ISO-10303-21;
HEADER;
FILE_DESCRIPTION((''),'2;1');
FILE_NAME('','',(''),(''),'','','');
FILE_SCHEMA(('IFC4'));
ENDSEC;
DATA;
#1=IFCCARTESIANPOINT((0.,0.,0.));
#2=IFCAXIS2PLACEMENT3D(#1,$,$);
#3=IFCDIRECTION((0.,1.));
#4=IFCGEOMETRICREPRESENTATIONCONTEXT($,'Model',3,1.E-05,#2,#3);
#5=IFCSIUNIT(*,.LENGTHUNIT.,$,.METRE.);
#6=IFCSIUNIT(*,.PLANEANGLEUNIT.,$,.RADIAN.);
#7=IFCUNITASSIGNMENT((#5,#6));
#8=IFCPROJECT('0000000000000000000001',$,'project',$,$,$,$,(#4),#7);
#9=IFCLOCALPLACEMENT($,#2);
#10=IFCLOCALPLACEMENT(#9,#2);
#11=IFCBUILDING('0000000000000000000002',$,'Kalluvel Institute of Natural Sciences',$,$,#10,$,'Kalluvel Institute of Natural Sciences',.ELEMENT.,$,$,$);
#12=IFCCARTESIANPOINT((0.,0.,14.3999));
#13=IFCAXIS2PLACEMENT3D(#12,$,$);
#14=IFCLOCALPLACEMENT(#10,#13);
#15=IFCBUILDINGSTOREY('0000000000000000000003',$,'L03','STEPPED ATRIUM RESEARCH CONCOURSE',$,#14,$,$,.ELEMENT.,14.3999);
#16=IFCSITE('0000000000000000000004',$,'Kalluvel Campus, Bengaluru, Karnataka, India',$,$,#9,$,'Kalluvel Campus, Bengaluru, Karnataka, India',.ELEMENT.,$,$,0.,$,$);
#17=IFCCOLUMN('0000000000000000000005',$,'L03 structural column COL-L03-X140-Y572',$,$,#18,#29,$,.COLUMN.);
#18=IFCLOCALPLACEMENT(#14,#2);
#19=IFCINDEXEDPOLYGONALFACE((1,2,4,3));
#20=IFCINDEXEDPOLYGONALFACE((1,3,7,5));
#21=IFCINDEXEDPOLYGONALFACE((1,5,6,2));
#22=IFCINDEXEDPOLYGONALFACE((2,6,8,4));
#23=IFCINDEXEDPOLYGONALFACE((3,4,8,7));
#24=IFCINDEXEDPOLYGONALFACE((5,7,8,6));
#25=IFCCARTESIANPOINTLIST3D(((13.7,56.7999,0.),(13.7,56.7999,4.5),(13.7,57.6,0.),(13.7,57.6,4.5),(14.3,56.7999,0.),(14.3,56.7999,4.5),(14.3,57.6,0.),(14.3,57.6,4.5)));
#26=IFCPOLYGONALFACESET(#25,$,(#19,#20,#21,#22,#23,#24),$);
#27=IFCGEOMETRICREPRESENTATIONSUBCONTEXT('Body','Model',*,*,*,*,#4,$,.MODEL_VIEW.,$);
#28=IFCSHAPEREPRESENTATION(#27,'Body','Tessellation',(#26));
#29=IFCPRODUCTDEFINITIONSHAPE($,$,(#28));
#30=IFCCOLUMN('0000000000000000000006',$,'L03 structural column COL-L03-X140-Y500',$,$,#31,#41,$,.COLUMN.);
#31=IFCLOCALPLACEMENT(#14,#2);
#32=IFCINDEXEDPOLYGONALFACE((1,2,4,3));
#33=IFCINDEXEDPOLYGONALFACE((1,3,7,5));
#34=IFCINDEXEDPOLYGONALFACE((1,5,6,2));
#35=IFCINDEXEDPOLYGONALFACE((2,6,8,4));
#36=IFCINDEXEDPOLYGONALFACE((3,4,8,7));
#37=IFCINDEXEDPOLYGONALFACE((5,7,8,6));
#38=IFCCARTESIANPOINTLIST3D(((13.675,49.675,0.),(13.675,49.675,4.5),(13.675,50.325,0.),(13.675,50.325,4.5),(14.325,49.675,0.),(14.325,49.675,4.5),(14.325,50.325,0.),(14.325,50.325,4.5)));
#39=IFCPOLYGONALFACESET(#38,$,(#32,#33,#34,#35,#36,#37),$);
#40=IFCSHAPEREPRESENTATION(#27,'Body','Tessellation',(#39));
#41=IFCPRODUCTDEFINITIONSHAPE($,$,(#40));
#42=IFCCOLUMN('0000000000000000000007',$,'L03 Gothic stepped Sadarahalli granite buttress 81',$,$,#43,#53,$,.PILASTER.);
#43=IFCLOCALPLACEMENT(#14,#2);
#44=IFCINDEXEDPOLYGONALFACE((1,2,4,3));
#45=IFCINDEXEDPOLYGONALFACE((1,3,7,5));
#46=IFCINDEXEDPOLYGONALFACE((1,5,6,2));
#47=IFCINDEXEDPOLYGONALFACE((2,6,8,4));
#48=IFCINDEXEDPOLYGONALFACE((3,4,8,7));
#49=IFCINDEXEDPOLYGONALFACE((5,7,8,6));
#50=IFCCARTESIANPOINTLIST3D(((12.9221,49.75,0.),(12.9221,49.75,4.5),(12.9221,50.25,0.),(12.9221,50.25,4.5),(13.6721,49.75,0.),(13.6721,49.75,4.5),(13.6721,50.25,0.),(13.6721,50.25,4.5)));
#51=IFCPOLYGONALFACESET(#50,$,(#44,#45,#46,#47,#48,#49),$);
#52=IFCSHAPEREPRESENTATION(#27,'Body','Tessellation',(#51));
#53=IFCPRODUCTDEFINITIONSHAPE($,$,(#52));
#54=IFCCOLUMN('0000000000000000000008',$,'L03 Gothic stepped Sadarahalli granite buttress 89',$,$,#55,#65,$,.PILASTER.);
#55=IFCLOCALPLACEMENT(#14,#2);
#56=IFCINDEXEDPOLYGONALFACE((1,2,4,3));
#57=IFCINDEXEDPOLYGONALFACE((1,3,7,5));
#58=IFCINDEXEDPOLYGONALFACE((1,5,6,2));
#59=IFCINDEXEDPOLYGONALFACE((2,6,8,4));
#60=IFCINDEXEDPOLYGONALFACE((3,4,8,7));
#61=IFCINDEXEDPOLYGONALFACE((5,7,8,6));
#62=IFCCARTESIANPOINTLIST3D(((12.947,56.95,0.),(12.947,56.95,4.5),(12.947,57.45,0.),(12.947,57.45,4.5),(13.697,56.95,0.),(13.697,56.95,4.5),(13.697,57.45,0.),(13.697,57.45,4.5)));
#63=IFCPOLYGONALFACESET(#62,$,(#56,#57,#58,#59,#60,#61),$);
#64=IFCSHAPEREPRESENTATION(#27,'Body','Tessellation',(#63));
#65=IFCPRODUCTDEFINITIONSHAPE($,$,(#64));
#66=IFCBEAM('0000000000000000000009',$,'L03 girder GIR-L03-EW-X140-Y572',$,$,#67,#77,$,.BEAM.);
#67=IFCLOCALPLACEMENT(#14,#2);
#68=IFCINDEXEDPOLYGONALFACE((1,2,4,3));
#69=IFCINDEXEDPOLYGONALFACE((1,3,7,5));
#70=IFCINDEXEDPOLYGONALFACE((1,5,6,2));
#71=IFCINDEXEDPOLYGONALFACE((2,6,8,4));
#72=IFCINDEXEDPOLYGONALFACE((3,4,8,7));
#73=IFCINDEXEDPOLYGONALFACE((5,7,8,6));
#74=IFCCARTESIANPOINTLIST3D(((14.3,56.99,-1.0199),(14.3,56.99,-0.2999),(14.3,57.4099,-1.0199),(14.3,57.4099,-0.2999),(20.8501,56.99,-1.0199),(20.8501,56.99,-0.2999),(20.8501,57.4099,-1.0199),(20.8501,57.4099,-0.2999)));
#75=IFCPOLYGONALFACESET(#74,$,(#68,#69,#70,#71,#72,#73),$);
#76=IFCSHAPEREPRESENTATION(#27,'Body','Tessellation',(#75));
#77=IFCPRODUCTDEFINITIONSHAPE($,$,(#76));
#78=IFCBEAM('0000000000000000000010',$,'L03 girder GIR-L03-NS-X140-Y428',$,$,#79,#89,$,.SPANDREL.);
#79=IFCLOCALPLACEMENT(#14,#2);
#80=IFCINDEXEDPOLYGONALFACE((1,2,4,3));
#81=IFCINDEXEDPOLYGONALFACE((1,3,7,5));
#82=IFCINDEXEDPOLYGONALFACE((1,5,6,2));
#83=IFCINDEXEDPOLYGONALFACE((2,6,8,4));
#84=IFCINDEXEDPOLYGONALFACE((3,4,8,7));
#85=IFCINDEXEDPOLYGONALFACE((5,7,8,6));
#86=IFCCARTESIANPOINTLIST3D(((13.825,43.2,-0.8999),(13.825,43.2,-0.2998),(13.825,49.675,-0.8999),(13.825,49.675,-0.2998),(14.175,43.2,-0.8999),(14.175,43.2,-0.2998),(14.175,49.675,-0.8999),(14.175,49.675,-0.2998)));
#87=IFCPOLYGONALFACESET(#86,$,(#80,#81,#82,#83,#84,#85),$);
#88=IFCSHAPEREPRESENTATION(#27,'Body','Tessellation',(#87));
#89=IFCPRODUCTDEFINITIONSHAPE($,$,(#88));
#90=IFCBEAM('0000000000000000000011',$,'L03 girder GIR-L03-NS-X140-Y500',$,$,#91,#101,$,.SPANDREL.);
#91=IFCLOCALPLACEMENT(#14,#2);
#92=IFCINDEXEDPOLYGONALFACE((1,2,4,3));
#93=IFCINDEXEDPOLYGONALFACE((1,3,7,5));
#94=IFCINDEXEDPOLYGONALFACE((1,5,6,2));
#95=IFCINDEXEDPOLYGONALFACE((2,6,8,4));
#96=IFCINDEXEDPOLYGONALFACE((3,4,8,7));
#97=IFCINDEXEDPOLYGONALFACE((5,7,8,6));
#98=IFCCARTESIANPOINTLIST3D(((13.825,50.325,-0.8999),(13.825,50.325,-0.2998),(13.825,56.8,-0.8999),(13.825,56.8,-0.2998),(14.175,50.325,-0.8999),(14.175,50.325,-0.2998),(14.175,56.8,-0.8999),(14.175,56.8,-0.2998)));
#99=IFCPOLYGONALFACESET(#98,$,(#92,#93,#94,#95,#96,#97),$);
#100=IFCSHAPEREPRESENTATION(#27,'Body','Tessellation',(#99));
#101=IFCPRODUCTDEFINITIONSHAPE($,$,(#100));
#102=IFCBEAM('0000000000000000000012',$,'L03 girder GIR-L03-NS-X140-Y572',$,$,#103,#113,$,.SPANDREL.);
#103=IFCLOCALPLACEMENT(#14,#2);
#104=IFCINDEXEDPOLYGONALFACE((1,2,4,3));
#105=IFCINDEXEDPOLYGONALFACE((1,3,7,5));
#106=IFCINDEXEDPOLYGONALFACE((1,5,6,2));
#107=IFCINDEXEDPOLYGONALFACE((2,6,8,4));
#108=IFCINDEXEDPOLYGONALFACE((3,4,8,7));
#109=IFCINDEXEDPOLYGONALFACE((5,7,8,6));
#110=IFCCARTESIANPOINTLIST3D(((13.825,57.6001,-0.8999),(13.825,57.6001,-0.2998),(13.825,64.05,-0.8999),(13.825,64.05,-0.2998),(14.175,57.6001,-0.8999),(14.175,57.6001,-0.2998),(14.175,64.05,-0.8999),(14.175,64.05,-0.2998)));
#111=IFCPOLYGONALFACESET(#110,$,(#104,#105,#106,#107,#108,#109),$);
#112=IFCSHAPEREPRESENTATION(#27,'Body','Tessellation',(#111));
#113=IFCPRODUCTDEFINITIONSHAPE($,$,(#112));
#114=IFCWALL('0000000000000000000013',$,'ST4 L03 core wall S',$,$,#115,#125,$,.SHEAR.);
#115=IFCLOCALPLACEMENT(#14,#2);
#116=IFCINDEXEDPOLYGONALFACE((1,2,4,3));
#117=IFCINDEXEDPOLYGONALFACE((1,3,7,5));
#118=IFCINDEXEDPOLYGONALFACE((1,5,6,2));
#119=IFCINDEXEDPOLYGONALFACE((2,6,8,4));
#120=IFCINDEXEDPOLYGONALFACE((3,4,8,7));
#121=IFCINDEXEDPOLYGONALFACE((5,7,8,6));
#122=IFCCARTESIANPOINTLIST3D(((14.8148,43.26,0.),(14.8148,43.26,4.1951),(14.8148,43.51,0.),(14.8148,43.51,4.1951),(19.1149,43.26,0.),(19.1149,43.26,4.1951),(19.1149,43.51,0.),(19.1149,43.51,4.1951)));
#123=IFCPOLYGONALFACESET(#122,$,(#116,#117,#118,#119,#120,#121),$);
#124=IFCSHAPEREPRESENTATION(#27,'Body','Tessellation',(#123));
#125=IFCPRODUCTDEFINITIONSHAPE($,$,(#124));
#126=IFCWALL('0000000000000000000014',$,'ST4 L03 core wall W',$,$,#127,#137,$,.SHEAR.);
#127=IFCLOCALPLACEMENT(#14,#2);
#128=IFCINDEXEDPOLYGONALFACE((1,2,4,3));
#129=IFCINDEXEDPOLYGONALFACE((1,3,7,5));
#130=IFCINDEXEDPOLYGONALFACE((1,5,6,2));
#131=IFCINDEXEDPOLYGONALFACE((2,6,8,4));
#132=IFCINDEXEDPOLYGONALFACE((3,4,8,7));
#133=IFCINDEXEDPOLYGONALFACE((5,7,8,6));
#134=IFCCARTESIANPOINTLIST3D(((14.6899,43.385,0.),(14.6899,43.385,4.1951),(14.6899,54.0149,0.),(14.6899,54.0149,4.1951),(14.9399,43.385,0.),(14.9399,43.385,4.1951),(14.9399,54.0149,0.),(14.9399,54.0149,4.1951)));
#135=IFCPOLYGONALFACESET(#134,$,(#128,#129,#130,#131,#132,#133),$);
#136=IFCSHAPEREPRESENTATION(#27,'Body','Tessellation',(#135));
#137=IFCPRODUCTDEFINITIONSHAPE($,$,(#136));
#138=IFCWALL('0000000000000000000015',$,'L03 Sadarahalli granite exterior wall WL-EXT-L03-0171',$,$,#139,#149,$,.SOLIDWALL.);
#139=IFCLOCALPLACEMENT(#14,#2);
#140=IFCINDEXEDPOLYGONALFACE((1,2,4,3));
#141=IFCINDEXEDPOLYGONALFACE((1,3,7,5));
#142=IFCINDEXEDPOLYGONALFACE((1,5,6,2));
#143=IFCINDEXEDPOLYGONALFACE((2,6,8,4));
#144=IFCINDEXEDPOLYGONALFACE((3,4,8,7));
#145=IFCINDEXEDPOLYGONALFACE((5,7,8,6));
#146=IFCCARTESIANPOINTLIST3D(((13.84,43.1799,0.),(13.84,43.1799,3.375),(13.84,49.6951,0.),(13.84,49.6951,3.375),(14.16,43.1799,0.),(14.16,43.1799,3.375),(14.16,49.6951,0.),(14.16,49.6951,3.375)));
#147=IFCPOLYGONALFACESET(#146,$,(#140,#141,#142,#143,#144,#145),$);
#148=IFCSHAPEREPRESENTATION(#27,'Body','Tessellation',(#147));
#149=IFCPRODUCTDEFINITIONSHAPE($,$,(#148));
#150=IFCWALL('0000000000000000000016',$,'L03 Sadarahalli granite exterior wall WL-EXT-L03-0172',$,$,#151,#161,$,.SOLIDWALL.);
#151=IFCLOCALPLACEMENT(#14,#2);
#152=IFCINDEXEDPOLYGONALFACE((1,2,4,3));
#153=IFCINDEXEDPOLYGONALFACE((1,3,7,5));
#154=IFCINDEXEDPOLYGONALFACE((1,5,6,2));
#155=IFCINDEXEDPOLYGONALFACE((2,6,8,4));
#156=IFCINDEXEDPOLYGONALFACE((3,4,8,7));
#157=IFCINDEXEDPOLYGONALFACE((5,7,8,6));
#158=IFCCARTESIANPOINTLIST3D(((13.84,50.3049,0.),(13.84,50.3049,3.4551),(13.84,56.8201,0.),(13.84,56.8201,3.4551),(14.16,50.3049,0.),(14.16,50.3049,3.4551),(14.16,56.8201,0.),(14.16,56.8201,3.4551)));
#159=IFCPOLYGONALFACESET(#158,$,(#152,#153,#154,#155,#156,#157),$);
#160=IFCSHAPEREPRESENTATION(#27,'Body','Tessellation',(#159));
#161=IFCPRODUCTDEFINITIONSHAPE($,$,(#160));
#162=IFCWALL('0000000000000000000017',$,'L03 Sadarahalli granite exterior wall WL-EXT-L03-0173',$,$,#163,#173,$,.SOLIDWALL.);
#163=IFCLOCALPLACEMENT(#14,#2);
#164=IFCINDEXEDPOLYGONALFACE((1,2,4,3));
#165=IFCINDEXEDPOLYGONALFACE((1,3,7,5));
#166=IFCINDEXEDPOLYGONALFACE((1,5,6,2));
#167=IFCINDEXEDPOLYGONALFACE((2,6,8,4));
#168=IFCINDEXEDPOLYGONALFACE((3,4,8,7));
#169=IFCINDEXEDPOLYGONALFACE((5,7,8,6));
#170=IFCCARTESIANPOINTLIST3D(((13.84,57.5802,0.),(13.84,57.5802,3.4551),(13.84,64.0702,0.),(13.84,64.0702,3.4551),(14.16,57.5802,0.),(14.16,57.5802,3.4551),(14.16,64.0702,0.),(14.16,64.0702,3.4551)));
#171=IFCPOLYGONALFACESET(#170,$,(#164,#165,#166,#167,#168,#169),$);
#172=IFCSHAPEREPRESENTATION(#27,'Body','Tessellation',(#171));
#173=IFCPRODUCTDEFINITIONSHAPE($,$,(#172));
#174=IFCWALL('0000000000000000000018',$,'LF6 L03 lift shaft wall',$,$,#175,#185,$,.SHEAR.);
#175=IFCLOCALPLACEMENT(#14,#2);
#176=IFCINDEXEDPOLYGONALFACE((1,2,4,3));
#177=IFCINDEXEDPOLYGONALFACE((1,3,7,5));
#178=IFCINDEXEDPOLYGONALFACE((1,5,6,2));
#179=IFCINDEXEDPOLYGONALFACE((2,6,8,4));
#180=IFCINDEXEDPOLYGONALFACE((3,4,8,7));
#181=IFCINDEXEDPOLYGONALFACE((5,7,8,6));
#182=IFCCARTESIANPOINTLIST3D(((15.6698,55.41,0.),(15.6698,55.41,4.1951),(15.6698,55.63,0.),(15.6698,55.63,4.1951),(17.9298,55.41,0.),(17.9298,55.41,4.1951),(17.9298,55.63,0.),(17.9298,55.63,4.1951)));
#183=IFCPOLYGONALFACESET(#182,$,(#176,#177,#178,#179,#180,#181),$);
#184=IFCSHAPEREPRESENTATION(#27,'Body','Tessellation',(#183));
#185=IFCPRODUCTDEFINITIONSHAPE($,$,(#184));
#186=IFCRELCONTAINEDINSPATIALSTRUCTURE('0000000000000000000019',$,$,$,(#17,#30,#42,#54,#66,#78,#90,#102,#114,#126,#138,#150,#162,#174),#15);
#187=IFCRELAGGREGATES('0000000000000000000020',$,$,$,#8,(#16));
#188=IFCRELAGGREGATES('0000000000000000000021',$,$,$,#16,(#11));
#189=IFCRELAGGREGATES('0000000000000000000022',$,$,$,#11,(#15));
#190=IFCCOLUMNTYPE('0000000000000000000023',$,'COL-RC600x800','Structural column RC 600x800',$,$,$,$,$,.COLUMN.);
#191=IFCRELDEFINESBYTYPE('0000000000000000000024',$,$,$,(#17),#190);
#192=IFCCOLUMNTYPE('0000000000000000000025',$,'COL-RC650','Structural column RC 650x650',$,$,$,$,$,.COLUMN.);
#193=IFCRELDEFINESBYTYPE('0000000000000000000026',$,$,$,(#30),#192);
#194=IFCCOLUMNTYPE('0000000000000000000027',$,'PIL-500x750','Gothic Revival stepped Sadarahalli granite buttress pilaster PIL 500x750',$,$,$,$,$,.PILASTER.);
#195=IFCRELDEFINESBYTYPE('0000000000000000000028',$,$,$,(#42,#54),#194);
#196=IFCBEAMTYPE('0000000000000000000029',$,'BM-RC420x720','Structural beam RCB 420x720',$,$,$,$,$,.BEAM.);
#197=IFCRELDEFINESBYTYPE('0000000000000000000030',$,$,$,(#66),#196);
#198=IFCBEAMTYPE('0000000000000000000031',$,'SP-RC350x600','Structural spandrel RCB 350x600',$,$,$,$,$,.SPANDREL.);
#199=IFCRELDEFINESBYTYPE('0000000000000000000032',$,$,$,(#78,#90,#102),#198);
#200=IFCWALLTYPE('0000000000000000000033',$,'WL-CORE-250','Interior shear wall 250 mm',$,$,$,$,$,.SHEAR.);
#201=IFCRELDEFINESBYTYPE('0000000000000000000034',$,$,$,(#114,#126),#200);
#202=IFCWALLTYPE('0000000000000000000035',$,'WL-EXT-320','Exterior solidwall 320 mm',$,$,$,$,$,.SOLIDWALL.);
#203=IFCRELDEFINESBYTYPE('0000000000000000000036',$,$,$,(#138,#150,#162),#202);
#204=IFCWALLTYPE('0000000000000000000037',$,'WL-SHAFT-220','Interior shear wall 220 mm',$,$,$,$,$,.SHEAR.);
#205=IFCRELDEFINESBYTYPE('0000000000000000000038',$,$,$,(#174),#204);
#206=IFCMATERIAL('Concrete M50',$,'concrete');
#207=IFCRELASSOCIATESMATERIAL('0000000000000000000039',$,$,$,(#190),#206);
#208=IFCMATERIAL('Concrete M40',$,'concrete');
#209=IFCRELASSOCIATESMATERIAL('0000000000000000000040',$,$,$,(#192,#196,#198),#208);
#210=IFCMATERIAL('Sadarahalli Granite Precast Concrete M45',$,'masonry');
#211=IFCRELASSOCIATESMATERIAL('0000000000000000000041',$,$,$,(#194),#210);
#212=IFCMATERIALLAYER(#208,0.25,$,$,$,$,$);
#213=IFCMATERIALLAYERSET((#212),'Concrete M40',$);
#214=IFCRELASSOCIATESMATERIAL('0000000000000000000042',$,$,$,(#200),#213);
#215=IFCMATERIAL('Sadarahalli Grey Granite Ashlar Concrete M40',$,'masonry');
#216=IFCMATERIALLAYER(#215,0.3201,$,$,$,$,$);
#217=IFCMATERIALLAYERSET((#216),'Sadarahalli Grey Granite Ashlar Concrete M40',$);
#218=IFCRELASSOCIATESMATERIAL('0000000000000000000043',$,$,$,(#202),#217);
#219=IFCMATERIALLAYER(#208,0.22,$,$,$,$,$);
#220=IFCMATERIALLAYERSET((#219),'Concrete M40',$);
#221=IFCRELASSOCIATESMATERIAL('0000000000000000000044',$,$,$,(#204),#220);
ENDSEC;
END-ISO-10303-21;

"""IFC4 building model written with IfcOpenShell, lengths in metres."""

from ifc_helpers import new_model, si_unit, direction, frame, frame_2d, origin, origin_2d, place, context, subcontext, project, spatial, rectangle, extrude, material, layer, layer_set, material_profile, profile_set, type_object, element, save


model = new_model("IFC4")

# Units and contexts
model_context = context("Model", 3, precision=1e-05, world=origin(), true_north=direction((0.0, 1.0)))
body_context = subcontext(model_context, "Body", "Model", "MODEL_VIEW")
ifc_project = project(units=[si_unit("LENGTHUNIT", "METRE"), si_unit("PLANEANGLEUNIT", "RADIAN")], contexts=[model_context])

# Site, building, storey
site_placement = place(None, origin())
site = spatial("IfcSite", under=ifc_project, at=site_placement, Name="Kalluvel Campus, Bengaluru, Karnataka, India", LongName="Kalluvel Campus, Bengaluru, Karnataka, India", CompositionType="ELEMENT", RefElevation=0.0)
building_placement = place(site_placement, origin())
building = spatial("IfcBuilding", under=site, at=building_placement, Name="Kalluvel Institute of Natural Sciences", LongName="Kalluvel Institute of Natural Sciences", CompositionType="ELEMENT")
storey_placement = place(building_placement, frame((0.0, 0.0, 14.3999)))
storey = spatial("IfcBuildingStorey", under=building, at=storey_placement, Name="L03", Description="STEPPED ATRIUM RESEARCH CONCOURSE", CompositionType="ELEMENT", Elevation=14.3999)

# Columns
ifc_material_1 = material(Name="Concrete M50", Category="concrete")
ifc_material_profile_1 = material_profile(ifc_material_1, rectangle(XDim=0.6001, YDim=0.8, at=origin_2d()), Name="RC 600x800")
ifc_profile_set_1 = profile_set([ifc_material_profile_1], Name="Concrete M50")
column_type_1 = type_object("IfcColumnType", Name="COL-RC600x800", Description="Structural column RC 600x800", PredefinedType="COLUMN", material=ifc_profile_set_1)
column_1_placement = place(storey_placement, frame((14.0, 57.2, 0.0), z_axis=(0.0, 0.0, 1.0), x_axis=(1.0, 0.0, 0.0)))
element("IfcColumn", 1, at=column_1_placement, inside=storey, type_object=column_type_1, Name="L03 structural column COL-L03-X140-Y572", PredefinedType="COLUMN", context=body_context, shape_type="SweptSolid", body=[
    extrude(rectangle(XDim=0.6001, YDim=0.8, at=origin_2d()), origin(), (0.0, 0.0, 1.0), 4.5),
])
ifc_material_2 = material(Name="Concrete M40", Category="concrete")
ifc_material_profile_2 = material_profile(ifc_material_2, rectangle(XDim=0.6499, YDim=0.6499, at=origin_2d()), Name="RC 650x650")
ifc_profile_set_2 = profile_set([ifc_material_profile_2], Name="Concrete M40")
column_type_2 = type_object("IfcColumnType", Name="COL-RC650", Description="Structural column RC 650x650", PredefinedType="COLUMN", material=ifc_profile_set_2)
column_2_placement = place(storey_placement, frame((14.0, 50.0, 0.0), z_axis=(0.0, 0.0, 1.0), x_axis=(1.0, 0.0, 0.0)))
element("IfcColumn", 2, at=column_2_placement, inside=storey, type_object=column_type_2, Name="L03 structural column COL-L03-X140-Y500", PredefinedType="COLUMN", context=body_context, shape_type="SweptSolid", body=[
    extrude(rectangle(XDim=0.6499, YDim=0.6499, at=origin_2d()), origin(), (0.0, 0.0, 1.0), 4.5),
])
ifc_material_3 = material(Name="Sadarahalli Granite Precast Concrete M45", Category="masonry")
ifc_material_profile_3 = material_profile(ifc_material_3, rectangle(XDim=0.5, YDim=0.75, at=origin_2d()), Name="PIL 500x750")
ifc_profile_set_3 = profile_set([ifc_material_profile_3], Name="Sadarahalli Granite Precast Concrete M45")
column_type_3 = type_object("IfcColumnType", Name="PIL-500x750", Description="Gothic Revival stepped Sadarahalli granite buttress pilaster PIL 500x750", PredefinedType="PILASTER", material=ifc_profile_set_3)
for number, where, z_axis, x_axis, name in (
    (3, (13.2971, 50.0, 0.0), (0.0, 0.0, 1.0), (0.0, 1.0, 0.0), "L03 Gothic stepped Sadarahalli granite buttress 81"),
    (4, (13.322, 57.2, 0.0), (0.0, 0.0, 1.0), (0.0, 1.0, 0.0), "L03 Gothic stepped Sadarahalli granite buttress 89"),
):
    element("IfcColumn", number, at=place(storey_placement, frame(where, z_axis=z_axis, x_axis=x_axis)), inside=storey, type_object=column_type_3, Name=name, PredefinedType="PILASTER", context=body_context, shape_type="SweptSolid", body=[
        extrude(rectangle(XDim=0.5, YDim=0.75, at=origin_2d()), origin(), (0.0, 0.0, 1.0), 4.5),
    ])

# Beams
ifc_material_profile_4 = material_profile(ifc_material_2, rectangle(XDim=0.4199, YDim=0.72, at=origin_2d()), Name="RCB 420x720")
ifc_profile_set_4 = profile_set([ifc_material_profile_4], Name="Concrete M40")
beam_type_1 = type_object("IfcBeamType", Name="BM-RC420x720", Description="Structural beam RCB 420x720", PredefinedType="BEAM", material=ifc_profile_set_4)
beam_1_placement = place(storey_placement, frame((14.3, 57.2, -0.6599), z_axis=(1.0, 0.0, 0.0), x_axis=(0.0, 1.0, 0.0)))
element("IfcBeam", 5, at=beam_1_placement, inside=storey, type_object=beam_type_1, Name="L03 girder GIR-L03-EW-X140-Y572", PredefinedType="BEAM", context=body_context, shape_type="SweptSolid", body=[
    extrude(rectangle(XDim=0.4199, YDim=0.72, at=origin_2d()), origin(), (0.0, 0.0, 1.0), 6.55),
])
ifc_material_profile_5 = material_profile(ifc_material_2, rectangle(XDim=0.3501, YDim=0.6001, at=origin_2d()), Name="RCB 350x600")
ifc_profile_set_5 = profile_set([ifc_material_profile_5], Name="Concrete M40")
beam_type_2 = type_object("IfcBeamType", Name="SP-RC350x600", Description="Structural spandrel RCB 350x600", PredefinedType="SPANDREL", material=ifc_profile_set_5)
for number, where, z_axis, x_axis, name in (
    (6, (14.0, 43.2, -0.5999), (0.0, 1.0, 0.0), (-1.0, 0.0, 0.0), "L03 girder GIR-L03-NS-X140-Y428"),
    (7, (14.0, 50.325, -0.5999), (0.0, 1.0, 0.0), (-1.0, 0.0, 0.0), "L03 girder GIR-L03-NS-X140-Y500"),
):
    element("IfcBeam", number, at=place(storey_placement, frame(where, z_axis=z_axis, x_axis=x_axis)), inside=storey, type_object=beam_type_2, Name=name, PredefinedType="SPANDREL", context=body_context, shape_type="SweptSolid", body=[
        extrude(rectangle(XDim=0.3501, YDim=0.6001, at=origin_2d()), origin(), (0.0, 0.0, 1.0), 6.4751),
    ])
beam_2_placement = place(storey_placement, frame((14.0, 57.6001, -0.5999), z_axis=(0.0, 1.0, 0.0), x_axis=(-1.0, 0.0, 0.0)))
element("IfcBeam", 8, at=beam_2_placement, inside=storey, type_object=beam_type_2, Name="L03 girder GIR-L03-NS-X140-Y572", PredefinedType="SPANDREL", context=body_context, shape_type="SweptSolid", body=[
    extrude(rectangle(XDim=0.3501, YDim=0.6001, at=origin_2d()), origin(), (0.0, 0.0, 1.0), 6.45),
])

# Walls
ifc_layer_1 = layer(ifc_material_2, 0.25)
ifc_layer_set_1 = layer_set([ifc_layer_1], Name="Concrete M40")
wall_type_1 = type_object("IfcWallType", Name="WL-CORE-250", Description="Interior shear wall 250 mm", PredefinedType="SHEAR", material=ifc_layer_set_1)
wall_1_placement = place(storey_placement, frame((14.8149, 43.385, 0.0), z_axis=(0.0, 0.0, 1.0), x_axis=(1.0, 0.0, 0.0)))
element("IfcWall", 9, at=wall_1_placement, inside=storey, type_object=wall_type_1, Name="ST4 L03 core wall S", PredefinedType="SHEAR", context=body_context, shape_type="SweptSolid", body=[
    extrude(rectangle(XDim=4.3, YDim=0.25, at=frame_2d((2.1499, 0.0))), origin(), (0.0, 0.0, 1.0), 4.1951),
])
wall_2_placement = place(storey_placement, frame((14.8149, 54.0149, 0.0), z_axis=(0.0, 0.0, 1.0), x_axis=(0.0, -1.0, 0.0)))
element("IfcWall", 10, at=wall_2_placement, inside=storey, type_object=wall_type_1, Name="ST4 L03 core wall W", PredefinedType="SHEAR", context=body_context, shape_type="SweptSolid", body=[
    extrude(rectangle(XDim=10.6299, YDim=0.25, at=frame_2d((5.3149, 0.0))), origin(), (0.0, 0.0, 1.0), 4.1951),
])
ifc_material_4 = material(Name="Sadarahalli Grey Granite Ashlar Concrete M40", Category="masonry")
ifc_layer_2 = layer(ifc_material_4, 0.3201)
ifc_layer_set_2 = layer_set([ifc_layer_2], Name="Sadarahalli Grey Granite Ashlar Concrete M40")
wall_type_2 = type_object("IfcWallType", Name="WL-EXT-320", Description="Exterior solidwall 320 mm", PredefinedType="SOLIDWALL", material=ifc_layer_set_2)
wall_3_placement = place(storey_placement, frame((14.0, 43.1799, 0.0), z_axis=(0.0, 0.0, 1.0), x_axis=(0.0, 1.0, 0.0)))
element("IfcWall", 11, at=wall_3_placement, inside=storey, type_object=wall_type_2, Name="L03 Sadarahalli granite exterior wall WL-EXT-L03-0171", PredefinedType="SOLIDWALL", context=body_context, shape_type="SweptSolid", body=[
    extrude(rectangle(XDim=6.5151, YDim=0.3201, at=frame_2d((3.2576, 0.0))), origin(), (0.0, 0.0, 1.0), 3.375),
])
wall_4_placement = place(storey_placement, frame((14.0, 50.3049, 0.0), z_axis=(0.0, 0.0, 1.0), x_axis=(0.0, 1.0, 0.0)))
element("IfcWall", 12, at=wall_4_placement, inside=storey, type_object=wall_type_2, Name="L03 Sadarahalli granite exterior wall WL-EXT-L03-0172", PredefinedType="SOLIDWALL", context=body_context, shape_type="SweptSolid", body=[
    extrude(rectangle(XDim=6.5151, YDim=0.3201, at=frame_2d((3.2576, 0.0))), origin(), (0.0, 0.0, 1.0), 3.4551),
])
wall_5_placement = place(storey_placement, frame((14.0, 57.5801, 0.0), z_axis=(0.0, 0.0, 1.0), x_axis=(0.0, 1.0, 0.0)))
element("IfcWall", 13, at=wall_5_placement, inside=storey, type_object=wall_type_2, Name="L03 Sadarahalli granite exterior wall WL-EXT-L03-0173", PredefinedType="SOLIDWALL", context=body_context, shape_type="SweptSolid", body=[
    extrude(rectangle(XDim=6.49, YDim=0.3201, at=frame_2d((3.2451, 0.0))), origin(), (0.0, 0.0, 1.0), 3.4551),
])
ifc_layer_3 = layer(ifc_material_2, 0.22)
ifc_layer_set_3 = layer_set([ifc_layer_3], Name="Concrete M40")
wall_type_3 = type_object("IfcWallType", Name="WL-SHAFT-220", Description="Interior shear wall 220 mm", PredefinedType="SHEAR", material=ifc_layer_set_3)
wall_6_placement = place(storey_placement, frame((15.6699, 55.52, 0.0), z_axis=(0.0, 0.0, 1.0), x_axis=(1.0, 0.0, 0.0)))
element("IfcWall", 14, at=wall_6_placement, inside=storey, type_object=wall_type_3, Name="LF6 L03 lift shaft wall", PredefinedType="SHEAR", context=body_context, shape_type="SweptSolid", body=[
    extrude(rectangle(XDim=2.26, YDim=0.22, at=frame_2d((1.1299, 0.0))), origin(), (0.0, 0.0, 1.0), 4.1951),
])

save(model, "model.ifc")
